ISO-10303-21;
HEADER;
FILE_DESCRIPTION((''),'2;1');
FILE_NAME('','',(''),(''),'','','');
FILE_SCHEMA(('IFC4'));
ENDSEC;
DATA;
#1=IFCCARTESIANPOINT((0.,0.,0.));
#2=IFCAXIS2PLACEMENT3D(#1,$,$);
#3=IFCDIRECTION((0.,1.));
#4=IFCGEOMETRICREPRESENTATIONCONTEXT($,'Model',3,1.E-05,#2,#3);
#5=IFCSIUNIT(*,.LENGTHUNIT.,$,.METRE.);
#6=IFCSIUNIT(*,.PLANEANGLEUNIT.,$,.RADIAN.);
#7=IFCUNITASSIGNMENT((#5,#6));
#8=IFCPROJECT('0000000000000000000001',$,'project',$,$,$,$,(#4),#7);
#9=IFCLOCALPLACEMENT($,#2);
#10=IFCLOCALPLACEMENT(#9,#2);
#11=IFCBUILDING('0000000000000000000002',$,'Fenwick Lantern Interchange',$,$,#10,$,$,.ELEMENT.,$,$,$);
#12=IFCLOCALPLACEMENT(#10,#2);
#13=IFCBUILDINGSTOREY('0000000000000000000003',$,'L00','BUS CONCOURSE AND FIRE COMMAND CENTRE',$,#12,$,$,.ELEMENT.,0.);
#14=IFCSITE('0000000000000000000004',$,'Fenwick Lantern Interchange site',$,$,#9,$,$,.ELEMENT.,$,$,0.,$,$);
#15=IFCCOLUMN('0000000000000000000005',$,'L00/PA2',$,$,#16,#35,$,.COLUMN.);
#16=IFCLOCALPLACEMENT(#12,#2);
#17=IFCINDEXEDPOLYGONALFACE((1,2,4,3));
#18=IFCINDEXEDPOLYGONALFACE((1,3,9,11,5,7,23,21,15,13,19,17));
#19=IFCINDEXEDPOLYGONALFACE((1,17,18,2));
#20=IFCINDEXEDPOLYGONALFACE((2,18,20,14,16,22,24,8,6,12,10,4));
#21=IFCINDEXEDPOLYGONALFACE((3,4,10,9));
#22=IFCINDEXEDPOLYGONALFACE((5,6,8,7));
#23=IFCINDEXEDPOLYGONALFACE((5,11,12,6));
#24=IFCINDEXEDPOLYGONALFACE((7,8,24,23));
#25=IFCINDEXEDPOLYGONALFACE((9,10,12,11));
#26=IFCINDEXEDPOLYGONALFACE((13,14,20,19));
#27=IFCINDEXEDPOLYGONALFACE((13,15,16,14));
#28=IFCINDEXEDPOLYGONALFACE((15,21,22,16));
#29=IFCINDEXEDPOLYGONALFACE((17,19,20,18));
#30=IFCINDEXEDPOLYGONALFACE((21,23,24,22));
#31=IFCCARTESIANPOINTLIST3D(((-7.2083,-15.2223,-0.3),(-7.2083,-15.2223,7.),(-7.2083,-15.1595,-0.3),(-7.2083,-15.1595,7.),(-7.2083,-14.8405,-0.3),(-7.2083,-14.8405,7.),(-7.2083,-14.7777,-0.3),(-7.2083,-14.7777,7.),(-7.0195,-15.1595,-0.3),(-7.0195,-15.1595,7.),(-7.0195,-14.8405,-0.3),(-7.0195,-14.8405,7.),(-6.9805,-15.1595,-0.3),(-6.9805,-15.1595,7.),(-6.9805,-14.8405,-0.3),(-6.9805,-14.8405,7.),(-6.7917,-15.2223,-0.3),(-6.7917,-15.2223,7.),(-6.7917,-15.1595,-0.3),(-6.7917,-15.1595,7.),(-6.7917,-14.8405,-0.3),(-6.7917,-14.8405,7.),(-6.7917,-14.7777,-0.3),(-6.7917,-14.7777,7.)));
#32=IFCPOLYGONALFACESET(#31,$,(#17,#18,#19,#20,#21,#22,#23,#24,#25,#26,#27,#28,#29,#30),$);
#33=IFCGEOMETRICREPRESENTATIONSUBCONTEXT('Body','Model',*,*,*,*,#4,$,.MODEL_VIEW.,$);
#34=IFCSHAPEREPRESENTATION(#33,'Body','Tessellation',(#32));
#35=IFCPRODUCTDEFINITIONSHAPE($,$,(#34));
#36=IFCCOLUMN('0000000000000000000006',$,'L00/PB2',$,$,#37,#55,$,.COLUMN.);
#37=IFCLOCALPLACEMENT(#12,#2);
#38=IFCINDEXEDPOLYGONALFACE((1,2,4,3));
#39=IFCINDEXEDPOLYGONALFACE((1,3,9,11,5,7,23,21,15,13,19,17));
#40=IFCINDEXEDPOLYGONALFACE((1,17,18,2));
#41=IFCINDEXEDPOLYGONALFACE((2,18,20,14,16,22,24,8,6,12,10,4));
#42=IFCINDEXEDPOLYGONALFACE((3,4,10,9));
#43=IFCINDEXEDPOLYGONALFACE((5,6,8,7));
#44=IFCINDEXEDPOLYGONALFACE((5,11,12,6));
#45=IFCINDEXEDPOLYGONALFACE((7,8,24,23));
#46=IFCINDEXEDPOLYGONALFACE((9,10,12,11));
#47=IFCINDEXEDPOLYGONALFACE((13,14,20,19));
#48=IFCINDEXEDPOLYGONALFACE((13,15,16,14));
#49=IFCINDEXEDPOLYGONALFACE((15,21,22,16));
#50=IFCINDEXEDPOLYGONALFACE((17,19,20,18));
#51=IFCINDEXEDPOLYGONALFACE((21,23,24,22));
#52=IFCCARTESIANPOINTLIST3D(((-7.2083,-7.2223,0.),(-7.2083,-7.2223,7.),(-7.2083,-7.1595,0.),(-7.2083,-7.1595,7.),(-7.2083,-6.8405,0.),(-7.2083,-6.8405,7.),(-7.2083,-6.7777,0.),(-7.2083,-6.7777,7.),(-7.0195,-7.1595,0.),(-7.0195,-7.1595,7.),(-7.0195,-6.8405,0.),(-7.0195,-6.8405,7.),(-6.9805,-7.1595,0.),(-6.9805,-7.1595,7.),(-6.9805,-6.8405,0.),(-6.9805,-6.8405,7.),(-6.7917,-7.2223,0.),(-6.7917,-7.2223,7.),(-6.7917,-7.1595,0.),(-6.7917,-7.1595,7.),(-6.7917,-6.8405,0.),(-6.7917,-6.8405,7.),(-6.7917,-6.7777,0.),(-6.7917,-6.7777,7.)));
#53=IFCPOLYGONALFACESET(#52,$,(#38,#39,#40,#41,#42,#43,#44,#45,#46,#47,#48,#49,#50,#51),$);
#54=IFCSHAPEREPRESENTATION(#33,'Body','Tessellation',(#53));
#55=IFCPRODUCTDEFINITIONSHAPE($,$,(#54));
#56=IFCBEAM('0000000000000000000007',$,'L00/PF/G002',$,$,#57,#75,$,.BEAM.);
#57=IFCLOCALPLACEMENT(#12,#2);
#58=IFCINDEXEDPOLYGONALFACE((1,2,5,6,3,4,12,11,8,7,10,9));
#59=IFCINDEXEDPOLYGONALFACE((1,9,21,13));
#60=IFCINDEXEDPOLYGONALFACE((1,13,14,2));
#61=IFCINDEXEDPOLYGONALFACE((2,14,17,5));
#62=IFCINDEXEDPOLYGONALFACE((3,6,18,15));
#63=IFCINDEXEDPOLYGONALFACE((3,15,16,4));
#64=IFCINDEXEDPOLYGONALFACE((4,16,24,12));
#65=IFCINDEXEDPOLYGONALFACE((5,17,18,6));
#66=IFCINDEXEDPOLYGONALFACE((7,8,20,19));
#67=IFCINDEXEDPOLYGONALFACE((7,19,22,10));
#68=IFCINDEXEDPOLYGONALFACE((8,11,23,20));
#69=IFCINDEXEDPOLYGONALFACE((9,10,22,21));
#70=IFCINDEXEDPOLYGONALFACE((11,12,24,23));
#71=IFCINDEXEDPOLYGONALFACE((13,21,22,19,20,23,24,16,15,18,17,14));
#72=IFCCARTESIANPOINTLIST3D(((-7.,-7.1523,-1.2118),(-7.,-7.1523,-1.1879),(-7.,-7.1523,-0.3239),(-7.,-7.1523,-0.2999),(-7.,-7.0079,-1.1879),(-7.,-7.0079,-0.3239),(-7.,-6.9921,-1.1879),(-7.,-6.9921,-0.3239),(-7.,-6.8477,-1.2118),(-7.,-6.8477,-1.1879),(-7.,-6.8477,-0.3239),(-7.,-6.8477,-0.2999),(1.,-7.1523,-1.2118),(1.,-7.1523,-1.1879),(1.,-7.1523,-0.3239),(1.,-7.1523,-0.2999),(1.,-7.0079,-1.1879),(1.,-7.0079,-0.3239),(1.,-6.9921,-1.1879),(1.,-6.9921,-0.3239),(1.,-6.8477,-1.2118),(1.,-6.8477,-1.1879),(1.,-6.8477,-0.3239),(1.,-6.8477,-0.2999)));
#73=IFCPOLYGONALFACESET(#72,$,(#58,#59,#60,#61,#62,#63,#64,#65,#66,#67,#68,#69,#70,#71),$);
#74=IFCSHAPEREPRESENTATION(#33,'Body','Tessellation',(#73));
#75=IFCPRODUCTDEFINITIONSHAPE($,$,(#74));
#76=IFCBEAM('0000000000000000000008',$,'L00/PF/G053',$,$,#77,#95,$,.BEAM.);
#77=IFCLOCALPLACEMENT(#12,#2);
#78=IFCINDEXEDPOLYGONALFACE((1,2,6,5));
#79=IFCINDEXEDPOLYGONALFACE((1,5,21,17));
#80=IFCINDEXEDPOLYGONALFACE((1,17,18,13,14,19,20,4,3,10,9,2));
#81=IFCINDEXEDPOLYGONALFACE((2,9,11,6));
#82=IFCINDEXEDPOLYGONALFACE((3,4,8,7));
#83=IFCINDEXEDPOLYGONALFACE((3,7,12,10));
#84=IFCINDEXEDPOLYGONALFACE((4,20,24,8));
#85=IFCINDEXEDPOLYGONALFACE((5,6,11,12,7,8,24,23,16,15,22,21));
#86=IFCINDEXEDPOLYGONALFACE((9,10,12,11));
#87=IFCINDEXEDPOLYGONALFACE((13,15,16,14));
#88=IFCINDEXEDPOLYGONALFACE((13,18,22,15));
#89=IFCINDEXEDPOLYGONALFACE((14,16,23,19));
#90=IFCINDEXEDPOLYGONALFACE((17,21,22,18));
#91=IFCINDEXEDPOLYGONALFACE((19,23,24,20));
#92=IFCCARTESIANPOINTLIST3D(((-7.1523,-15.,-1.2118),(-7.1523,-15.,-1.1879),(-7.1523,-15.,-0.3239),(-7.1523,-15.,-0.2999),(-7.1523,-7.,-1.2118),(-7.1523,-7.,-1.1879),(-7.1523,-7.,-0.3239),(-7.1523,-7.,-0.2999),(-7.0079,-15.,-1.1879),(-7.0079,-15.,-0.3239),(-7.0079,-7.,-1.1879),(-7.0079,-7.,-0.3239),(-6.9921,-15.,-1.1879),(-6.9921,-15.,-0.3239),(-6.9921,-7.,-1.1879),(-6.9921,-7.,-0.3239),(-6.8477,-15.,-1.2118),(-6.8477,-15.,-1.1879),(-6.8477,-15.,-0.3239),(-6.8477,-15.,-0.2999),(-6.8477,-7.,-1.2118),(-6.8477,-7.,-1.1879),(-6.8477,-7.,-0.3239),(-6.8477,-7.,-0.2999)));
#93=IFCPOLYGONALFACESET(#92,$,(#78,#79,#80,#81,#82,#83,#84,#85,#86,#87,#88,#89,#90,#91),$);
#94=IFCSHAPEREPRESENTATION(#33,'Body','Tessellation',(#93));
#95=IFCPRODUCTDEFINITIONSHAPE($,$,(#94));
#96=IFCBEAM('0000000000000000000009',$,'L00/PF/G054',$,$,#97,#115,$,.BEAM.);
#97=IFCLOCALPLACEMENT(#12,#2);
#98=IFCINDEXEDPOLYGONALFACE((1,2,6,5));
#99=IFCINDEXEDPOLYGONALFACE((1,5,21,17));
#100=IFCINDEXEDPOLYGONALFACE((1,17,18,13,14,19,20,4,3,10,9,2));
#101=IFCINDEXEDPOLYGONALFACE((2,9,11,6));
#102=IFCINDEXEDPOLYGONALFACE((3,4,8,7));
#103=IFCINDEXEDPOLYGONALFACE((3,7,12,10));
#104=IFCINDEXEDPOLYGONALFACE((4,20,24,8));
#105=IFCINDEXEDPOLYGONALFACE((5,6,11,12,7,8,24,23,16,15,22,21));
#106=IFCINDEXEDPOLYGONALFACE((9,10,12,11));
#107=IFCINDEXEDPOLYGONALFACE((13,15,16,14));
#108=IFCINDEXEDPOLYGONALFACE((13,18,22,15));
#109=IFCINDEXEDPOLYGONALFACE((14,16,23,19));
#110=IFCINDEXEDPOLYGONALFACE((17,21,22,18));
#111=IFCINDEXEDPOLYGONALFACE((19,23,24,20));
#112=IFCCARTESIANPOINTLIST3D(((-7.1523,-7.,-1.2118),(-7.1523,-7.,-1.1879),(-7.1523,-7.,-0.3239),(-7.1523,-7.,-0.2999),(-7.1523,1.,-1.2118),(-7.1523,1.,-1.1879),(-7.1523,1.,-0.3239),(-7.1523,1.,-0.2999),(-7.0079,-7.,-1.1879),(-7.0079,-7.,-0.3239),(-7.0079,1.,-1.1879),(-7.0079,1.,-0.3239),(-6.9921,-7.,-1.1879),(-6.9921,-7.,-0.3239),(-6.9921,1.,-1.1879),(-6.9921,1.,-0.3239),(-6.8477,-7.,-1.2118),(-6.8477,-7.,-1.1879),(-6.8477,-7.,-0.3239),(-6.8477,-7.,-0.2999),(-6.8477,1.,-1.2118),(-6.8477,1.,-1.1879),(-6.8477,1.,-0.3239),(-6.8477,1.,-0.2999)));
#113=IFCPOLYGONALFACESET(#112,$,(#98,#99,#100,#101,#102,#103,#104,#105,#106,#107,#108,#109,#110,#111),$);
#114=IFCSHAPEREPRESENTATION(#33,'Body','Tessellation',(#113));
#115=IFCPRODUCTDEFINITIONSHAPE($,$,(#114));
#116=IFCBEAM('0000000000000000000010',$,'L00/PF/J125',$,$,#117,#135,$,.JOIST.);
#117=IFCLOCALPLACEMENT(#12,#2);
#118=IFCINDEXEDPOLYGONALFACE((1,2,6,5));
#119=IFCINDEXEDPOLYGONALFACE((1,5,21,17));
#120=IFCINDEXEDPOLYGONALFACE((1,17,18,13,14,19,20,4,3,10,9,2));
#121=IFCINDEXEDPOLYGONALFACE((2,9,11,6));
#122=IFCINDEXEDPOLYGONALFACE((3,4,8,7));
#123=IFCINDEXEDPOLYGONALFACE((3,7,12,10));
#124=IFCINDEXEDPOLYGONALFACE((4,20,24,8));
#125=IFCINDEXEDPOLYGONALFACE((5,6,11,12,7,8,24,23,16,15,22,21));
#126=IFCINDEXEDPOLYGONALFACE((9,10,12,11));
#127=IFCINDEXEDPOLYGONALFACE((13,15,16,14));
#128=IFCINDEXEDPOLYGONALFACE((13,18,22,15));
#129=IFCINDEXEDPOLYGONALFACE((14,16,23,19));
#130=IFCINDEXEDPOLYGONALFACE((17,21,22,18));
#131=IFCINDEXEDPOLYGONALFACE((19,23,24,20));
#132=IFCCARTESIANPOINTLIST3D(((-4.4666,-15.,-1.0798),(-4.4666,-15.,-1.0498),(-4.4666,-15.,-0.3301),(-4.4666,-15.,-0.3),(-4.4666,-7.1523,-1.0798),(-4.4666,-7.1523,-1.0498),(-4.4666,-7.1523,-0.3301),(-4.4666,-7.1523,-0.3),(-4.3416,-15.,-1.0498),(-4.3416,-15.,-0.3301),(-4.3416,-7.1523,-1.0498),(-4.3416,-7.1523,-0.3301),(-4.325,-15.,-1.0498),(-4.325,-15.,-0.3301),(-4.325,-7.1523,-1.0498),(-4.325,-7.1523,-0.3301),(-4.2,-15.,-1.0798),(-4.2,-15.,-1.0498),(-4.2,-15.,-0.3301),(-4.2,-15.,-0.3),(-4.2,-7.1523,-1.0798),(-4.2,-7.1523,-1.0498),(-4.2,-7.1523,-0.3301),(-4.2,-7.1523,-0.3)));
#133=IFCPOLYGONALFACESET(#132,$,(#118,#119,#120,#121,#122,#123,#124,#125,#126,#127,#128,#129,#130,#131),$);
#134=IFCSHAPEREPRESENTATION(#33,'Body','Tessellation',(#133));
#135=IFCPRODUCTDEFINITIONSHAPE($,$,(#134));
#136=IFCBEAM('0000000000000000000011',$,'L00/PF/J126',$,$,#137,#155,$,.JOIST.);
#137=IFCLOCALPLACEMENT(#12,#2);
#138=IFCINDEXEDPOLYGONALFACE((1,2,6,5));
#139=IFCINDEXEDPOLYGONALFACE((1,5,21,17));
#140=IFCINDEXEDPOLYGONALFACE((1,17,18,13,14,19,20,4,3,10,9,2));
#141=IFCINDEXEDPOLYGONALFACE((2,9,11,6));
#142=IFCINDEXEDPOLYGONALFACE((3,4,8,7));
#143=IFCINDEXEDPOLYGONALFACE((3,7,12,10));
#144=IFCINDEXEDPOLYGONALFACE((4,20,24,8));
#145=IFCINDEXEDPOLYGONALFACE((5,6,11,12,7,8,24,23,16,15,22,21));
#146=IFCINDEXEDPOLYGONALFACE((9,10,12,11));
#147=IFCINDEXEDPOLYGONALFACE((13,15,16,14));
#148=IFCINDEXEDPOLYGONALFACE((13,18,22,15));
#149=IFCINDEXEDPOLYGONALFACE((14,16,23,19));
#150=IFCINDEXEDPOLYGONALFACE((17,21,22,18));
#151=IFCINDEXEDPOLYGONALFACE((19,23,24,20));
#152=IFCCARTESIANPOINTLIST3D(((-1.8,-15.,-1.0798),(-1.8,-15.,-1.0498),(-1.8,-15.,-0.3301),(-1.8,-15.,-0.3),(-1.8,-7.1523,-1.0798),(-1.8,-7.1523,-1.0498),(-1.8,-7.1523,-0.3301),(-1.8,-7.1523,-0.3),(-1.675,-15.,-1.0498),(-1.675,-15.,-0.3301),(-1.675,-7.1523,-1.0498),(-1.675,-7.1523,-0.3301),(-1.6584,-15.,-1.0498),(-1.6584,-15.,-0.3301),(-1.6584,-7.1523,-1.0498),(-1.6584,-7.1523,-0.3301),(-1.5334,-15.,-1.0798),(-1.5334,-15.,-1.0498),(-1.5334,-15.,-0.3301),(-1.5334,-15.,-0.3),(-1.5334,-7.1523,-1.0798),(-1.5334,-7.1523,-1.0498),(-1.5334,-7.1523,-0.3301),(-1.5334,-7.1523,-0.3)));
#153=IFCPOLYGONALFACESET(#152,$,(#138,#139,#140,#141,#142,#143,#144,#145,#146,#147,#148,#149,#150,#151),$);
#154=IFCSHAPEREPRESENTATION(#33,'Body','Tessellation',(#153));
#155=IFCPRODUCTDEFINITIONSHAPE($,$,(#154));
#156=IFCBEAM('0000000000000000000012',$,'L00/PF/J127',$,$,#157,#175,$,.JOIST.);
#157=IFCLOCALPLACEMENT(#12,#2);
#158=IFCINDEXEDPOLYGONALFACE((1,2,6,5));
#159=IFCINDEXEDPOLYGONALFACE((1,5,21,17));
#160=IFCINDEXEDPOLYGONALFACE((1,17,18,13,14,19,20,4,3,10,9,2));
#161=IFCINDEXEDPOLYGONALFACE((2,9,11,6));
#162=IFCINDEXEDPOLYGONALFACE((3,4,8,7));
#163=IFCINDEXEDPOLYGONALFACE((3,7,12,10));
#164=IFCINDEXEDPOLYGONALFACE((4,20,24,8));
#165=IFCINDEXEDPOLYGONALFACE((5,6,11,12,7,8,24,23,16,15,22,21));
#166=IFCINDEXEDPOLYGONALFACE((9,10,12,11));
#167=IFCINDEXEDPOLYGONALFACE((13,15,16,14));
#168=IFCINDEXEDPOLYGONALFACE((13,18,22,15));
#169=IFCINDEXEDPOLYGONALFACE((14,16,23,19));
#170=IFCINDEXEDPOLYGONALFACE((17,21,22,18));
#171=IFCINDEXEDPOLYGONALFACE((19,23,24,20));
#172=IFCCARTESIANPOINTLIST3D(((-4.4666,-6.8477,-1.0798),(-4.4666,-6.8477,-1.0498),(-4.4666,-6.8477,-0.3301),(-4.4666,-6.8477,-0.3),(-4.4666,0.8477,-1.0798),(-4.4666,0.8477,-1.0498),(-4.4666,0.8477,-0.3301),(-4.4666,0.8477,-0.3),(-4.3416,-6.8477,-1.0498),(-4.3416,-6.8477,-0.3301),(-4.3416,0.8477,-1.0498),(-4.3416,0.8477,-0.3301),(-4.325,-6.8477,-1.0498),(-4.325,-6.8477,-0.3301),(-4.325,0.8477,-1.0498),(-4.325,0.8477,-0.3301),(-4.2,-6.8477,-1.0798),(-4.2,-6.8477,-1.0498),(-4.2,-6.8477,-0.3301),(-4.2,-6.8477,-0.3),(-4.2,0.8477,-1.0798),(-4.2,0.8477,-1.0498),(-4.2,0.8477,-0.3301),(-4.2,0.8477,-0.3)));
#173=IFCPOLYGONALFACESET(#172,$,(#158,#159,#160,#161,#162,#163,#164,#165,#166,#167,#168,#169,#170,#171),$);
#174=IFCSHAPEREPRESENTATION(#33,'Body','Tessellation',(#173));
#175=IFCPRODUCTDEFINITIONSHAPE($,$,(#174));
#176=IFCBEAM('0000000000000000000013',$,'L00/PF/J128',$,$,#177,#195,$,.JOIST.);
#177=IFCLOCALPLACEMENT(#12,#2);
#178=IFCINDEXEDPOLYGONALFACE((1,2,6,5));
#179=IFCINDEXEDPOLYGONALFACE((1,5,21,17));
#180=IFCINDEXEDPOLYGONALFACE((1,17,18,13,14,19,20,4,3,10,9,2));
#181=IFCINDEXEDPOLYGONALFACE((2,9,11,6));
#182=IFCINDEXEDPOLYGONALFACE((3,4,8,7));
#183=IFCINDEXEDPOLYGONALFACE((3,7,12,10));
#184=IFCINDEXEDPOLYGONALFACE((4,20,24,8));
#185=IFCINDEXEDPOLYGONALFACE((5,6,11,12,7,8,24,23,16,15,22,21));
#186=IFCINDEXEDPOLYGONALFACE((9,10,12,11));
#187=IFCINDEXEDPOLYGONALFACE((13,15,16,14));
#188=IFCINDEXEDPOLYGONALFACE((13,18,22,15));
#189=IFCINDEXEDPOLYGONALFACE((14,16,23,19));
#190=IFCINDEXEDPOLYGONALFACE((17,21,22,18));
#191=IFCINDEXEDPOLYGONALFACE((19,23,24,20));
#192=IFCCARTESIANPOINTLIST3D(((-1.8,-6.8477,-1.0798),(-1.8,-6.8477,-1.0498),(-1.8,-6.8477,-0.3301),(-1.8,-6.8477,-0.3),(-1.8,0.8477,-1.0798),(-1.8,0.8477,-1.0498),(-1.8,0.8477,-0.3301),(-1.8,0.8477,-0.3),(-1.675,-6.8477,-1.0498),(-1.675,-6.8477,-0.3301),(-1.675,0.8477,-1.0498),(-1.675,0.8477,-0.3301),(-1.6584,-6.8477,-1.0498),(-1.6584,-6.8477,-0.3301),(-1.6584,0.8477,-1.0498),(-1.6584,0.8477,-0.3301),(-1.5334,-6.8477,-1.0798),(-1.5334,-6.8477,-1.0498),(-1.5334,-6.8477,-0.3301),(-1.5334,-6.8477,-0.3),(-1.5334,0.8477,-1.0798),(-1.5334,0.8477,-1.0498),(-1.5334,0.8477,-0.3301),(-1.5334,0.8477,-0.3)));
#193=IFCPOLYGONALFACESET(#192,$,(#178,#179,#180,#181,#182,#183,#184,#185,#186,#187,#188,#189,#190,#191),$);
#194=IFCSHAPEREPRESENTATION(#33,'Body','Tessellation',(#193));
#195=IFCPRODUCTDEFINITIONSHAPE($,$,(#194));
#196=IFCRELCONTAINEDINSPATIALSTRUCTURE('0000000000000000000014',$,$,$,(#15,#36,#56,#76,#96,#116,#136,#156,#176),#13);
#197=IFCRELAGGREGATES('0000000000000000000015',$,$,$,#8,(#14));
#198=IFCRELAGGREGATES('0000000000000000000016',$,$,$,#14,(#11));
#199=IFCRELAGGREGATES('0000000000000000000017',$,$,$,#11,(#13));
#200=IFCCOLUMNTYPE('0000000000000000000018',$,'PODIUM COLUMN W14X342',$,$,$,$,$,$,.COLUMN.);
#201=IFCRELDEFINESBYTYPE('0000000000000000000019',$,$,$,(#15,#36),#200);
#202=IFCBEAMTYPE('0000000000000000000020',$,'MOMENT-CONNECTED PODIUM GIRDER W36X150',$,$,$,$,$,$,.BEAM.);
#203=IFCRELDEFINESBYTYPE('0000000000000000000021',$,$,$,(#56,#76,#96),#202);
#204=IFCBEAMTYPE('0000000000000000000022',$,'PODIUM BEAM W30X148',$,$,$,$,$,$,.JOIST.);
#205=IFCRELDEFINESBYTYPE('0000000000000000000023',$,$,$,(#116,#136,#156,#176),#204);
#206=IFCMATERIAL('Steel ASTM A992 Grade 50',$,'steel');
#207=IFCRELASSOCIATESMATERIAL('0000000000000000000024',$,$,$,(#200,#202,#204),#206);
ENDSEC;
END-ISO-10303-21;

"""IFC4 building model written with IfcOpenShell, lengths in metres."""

from ifc_helpers import new_model, si_unit, direction, frame, origin, origin_2d, place, context, subcontext, project, spatial, i_section, extrude, material, material_profile, profile_set, type_object, element, save


model = new_model("IFC4")

# Units and contexts
model_context = context("Model", 3, precision=1e-05, world=origin(), true_north=direction((0.0, 1.0)))
body_context = subcontext(model_context, "Body", "Model", "MODEL_VIEW")
ifc_project = project(units=[si_unit("LENGTHUNIT", "METRE"), si_unit("PLANEANGLEUNIT", "RADIAN")], contexts=[model_context])

# Site, building, storey
site_placement = place(None, origin())
site = spatial("IfcSite", under=ifc_project, at=site_placement, Name="Fenwick Lantern Interchange site", CompositionType="ELEMENT", RefElevation=0.0)
building_placement = place(site_placement, origin())
building = spatial("IfcBuilding", under=site, at=building_placement, Name="Fenwick Lantern Interchange", CompositionType="ELEMENT")
storey_placement = place(building_placement, origin())
storey = spatial("IfcBuildingStorey", under=building, at=storey_placement, Name="L00", Description="BUS CONCOURSE AND FIRE COMMAND CENTRE", CompositionType="ELEMENT", Elevation=0.0)

# Columns
ifc_material_1 = material(Name="Steel ASTM A992 Grade 50", Category="steel")
ifc_material_profile_1 = material_profile(ifc_material_1, i_section(OverallWidth=0.4165, OverallDepth=0.4446, WebThickness=0.0391, FlangeThickness=0.0627, at=origin_2d()), Name="W14X342")
ifc_profile_set_1 = profile_set([ifc_material_profile_1], Name="Steel ASTM A992 Grade 50")
column_type = type_object("IfcColumnType", Name="PODIUM COLUMN W14X342", PredefinedType="COLUMN", material=ifc_profile_set_1)
column_1_placement = place(storey_placement, frame((-7.0, -15.0, -0.3), z_axis=(0.0, 0.0, 1.0), x_axis=(1.0, 0.0, 0.0)))
element("IfcColumn", 1, at=column_1_placement, inside=storey, type_object=column_type, Name="L00/PA2", PredefinedType="COLUMN", context=body_context, shape_type="SweptSolid", body=[
    extrude(i_section(OverallWidth=0.4165, OverallDepth=0.4446, WebThickness=0.0391, FlangeThickness=0.0627, at=origin_2d()), origin(), (0.0, 0.0, 1.0), 7.3),
])
column_2_placement = place(storey_placement, frame((-7.0, -7.0, 0.0), z_axis=(0.0, 0.0, 1.0), x_axis=(1.0, 0.0, 0.0)))
element("IfcColumn", 2, at=column_2_placement, inside=storey, type_object=column_type, Name="L00/PB2", PredefinedType="COLUMN", context=body_context, shape_type="SweptSolid", body=[
    extrude(i_section(OverallWidth=0.4165, OverallDepth=0.4446, WebThickness=0.0391, FlangeThickness=0.0627, at=origin_2d()), origin(), (0.0, 0.0, 1.0), 7.0),
])

# Beams
ifc_material_profile_2 = material_profile(ifc_material_1, i_section(OverallWidth=0.3047, OverallDepth=0.9119, WebThickness=0.0159, FlangeThickness=0.0239, at=origin_2d()), Name="W36X150")
ifc_profile_set_2 = profile_set([ifc_material_profile_2], Name="Steel ASTM A992 Grade 50")
beam_type_1 = type_object("IfcBeamType", Name="MOMENT-CONNECTED PODIUM GIRDER W36X150", PredefinedType="BEAM", material=ifc_profile_set_2)
for number, where, z_axis, x_axis, name in (
    (3, (-7.0, -7.0, -0.7559), (1.0, 0.0, 0.0), (0.0, 1.0, 0.0), "L00/PF/G002"),
    (4, (-7.0, -15.0, -0.7559), (0.0, 1.0, 0.0), (-1.0, 0.0, 0.0), "L00/PF/G053"),
    (5, (-7.0, -7.0, -0.7559), (0.0, 1.0, 0.0), (-1.0, 0.0, 0.0), "L00/PF/G054"),
):
    element("IfcBeam", number, at=place(storey_placement, frame(where, z_axis=z_axis, x_axis=x_axis)), inside=storey, type_object=beam_type_1, Name=name, PredefinedType="BEAM", context=body_context, shape_type="SweptSolid", body=[
        extrude(i_section(OverallWidth=0.3047, OverallDepth=0.9119, WebThickness=0.0159, FlangeThickness=0.0239, at=origin_2d()), origin(), (0.0, 0.0, 1.0), 8.0),
    ])
ifc_material_profile_3 = material_profile(ifc_material_1, i_section(OverallWidth=0.2666, OverallDepth=0.7798, WebThickness=0.0166, FlangeThickness=0.03, at=origin_2d()), Name="W30X148")
ifc_profile_set_3 = profile_set([ifc_material_profile_3], Name="Steel ASTM A992 Grade 50")
beam_type_2 = type_object("IfcBeamType", Name="PODIUM BEAM W30X148", PredefinedType="JOIST", material=ifc_profile_set_3)
for number, where, z_axis, x_axis, name in (
    (6, (-4.3333, -15.0, -0.6899), (0.0, 1.0, 0.0), (-1.0, 0.0, 0.0), "L00/PF/J125"),
    (7, (-1.6667, -15.0, -0.6899), (0.0, 1.0, 0.0), (-1.0, 0.0, 0.0), "L00/PF/J126"),
):
    element("IfcBeam", number, at=place(storey_placement, frame(where, z_axis=z_axis, x_axis=x_axis)), inside=storey, type_object=beam_type_2, Name=name, PredefinedType="JOIST", context=body_context, shape_type="SweptSolid", body=[
        extrude(i_section(OverallWidth=0.2666, OverallDepth=0.7798, WebThickness=0.0166, FlangeThickness=0.03, at=origin_2d()), origin(), (0.0, 0.0, 1.0), 7.8477),
    ])
for number, where, z_axis, x_axis, name in (
    (8, (-4.3333, -6.8477, -0.6899), (0.0, 1.0, 0.0), (-1.0, 0.0, 0.0), "L00/PF/J127"),
    (9, (-1.6667, -6.8477, -0.6899), (0.0, 1.0, 0.0), (-1.0, 0.0, 0.0), "L00/PF/J128"),
):
    element("IfcBeam", number, at=place(storey_placement, frame(where, z_axis=z_axis, x_axis=x_axis)), inside=storey, type_object=beam_type_2, Name=name, PredefinedType="JOIST", context=body_context, shape_type="SweptSolid", body=[
        extrude(i_section(OverallWidth=0.2666, OverallDepth=0.7798, WebThickness=0.0166, FlangeThickness=0.03, at=origin_2d()), origin(), (0.0, 0.0, 1.0), 7.6953),
    ])

save(model, "model.ifc")
